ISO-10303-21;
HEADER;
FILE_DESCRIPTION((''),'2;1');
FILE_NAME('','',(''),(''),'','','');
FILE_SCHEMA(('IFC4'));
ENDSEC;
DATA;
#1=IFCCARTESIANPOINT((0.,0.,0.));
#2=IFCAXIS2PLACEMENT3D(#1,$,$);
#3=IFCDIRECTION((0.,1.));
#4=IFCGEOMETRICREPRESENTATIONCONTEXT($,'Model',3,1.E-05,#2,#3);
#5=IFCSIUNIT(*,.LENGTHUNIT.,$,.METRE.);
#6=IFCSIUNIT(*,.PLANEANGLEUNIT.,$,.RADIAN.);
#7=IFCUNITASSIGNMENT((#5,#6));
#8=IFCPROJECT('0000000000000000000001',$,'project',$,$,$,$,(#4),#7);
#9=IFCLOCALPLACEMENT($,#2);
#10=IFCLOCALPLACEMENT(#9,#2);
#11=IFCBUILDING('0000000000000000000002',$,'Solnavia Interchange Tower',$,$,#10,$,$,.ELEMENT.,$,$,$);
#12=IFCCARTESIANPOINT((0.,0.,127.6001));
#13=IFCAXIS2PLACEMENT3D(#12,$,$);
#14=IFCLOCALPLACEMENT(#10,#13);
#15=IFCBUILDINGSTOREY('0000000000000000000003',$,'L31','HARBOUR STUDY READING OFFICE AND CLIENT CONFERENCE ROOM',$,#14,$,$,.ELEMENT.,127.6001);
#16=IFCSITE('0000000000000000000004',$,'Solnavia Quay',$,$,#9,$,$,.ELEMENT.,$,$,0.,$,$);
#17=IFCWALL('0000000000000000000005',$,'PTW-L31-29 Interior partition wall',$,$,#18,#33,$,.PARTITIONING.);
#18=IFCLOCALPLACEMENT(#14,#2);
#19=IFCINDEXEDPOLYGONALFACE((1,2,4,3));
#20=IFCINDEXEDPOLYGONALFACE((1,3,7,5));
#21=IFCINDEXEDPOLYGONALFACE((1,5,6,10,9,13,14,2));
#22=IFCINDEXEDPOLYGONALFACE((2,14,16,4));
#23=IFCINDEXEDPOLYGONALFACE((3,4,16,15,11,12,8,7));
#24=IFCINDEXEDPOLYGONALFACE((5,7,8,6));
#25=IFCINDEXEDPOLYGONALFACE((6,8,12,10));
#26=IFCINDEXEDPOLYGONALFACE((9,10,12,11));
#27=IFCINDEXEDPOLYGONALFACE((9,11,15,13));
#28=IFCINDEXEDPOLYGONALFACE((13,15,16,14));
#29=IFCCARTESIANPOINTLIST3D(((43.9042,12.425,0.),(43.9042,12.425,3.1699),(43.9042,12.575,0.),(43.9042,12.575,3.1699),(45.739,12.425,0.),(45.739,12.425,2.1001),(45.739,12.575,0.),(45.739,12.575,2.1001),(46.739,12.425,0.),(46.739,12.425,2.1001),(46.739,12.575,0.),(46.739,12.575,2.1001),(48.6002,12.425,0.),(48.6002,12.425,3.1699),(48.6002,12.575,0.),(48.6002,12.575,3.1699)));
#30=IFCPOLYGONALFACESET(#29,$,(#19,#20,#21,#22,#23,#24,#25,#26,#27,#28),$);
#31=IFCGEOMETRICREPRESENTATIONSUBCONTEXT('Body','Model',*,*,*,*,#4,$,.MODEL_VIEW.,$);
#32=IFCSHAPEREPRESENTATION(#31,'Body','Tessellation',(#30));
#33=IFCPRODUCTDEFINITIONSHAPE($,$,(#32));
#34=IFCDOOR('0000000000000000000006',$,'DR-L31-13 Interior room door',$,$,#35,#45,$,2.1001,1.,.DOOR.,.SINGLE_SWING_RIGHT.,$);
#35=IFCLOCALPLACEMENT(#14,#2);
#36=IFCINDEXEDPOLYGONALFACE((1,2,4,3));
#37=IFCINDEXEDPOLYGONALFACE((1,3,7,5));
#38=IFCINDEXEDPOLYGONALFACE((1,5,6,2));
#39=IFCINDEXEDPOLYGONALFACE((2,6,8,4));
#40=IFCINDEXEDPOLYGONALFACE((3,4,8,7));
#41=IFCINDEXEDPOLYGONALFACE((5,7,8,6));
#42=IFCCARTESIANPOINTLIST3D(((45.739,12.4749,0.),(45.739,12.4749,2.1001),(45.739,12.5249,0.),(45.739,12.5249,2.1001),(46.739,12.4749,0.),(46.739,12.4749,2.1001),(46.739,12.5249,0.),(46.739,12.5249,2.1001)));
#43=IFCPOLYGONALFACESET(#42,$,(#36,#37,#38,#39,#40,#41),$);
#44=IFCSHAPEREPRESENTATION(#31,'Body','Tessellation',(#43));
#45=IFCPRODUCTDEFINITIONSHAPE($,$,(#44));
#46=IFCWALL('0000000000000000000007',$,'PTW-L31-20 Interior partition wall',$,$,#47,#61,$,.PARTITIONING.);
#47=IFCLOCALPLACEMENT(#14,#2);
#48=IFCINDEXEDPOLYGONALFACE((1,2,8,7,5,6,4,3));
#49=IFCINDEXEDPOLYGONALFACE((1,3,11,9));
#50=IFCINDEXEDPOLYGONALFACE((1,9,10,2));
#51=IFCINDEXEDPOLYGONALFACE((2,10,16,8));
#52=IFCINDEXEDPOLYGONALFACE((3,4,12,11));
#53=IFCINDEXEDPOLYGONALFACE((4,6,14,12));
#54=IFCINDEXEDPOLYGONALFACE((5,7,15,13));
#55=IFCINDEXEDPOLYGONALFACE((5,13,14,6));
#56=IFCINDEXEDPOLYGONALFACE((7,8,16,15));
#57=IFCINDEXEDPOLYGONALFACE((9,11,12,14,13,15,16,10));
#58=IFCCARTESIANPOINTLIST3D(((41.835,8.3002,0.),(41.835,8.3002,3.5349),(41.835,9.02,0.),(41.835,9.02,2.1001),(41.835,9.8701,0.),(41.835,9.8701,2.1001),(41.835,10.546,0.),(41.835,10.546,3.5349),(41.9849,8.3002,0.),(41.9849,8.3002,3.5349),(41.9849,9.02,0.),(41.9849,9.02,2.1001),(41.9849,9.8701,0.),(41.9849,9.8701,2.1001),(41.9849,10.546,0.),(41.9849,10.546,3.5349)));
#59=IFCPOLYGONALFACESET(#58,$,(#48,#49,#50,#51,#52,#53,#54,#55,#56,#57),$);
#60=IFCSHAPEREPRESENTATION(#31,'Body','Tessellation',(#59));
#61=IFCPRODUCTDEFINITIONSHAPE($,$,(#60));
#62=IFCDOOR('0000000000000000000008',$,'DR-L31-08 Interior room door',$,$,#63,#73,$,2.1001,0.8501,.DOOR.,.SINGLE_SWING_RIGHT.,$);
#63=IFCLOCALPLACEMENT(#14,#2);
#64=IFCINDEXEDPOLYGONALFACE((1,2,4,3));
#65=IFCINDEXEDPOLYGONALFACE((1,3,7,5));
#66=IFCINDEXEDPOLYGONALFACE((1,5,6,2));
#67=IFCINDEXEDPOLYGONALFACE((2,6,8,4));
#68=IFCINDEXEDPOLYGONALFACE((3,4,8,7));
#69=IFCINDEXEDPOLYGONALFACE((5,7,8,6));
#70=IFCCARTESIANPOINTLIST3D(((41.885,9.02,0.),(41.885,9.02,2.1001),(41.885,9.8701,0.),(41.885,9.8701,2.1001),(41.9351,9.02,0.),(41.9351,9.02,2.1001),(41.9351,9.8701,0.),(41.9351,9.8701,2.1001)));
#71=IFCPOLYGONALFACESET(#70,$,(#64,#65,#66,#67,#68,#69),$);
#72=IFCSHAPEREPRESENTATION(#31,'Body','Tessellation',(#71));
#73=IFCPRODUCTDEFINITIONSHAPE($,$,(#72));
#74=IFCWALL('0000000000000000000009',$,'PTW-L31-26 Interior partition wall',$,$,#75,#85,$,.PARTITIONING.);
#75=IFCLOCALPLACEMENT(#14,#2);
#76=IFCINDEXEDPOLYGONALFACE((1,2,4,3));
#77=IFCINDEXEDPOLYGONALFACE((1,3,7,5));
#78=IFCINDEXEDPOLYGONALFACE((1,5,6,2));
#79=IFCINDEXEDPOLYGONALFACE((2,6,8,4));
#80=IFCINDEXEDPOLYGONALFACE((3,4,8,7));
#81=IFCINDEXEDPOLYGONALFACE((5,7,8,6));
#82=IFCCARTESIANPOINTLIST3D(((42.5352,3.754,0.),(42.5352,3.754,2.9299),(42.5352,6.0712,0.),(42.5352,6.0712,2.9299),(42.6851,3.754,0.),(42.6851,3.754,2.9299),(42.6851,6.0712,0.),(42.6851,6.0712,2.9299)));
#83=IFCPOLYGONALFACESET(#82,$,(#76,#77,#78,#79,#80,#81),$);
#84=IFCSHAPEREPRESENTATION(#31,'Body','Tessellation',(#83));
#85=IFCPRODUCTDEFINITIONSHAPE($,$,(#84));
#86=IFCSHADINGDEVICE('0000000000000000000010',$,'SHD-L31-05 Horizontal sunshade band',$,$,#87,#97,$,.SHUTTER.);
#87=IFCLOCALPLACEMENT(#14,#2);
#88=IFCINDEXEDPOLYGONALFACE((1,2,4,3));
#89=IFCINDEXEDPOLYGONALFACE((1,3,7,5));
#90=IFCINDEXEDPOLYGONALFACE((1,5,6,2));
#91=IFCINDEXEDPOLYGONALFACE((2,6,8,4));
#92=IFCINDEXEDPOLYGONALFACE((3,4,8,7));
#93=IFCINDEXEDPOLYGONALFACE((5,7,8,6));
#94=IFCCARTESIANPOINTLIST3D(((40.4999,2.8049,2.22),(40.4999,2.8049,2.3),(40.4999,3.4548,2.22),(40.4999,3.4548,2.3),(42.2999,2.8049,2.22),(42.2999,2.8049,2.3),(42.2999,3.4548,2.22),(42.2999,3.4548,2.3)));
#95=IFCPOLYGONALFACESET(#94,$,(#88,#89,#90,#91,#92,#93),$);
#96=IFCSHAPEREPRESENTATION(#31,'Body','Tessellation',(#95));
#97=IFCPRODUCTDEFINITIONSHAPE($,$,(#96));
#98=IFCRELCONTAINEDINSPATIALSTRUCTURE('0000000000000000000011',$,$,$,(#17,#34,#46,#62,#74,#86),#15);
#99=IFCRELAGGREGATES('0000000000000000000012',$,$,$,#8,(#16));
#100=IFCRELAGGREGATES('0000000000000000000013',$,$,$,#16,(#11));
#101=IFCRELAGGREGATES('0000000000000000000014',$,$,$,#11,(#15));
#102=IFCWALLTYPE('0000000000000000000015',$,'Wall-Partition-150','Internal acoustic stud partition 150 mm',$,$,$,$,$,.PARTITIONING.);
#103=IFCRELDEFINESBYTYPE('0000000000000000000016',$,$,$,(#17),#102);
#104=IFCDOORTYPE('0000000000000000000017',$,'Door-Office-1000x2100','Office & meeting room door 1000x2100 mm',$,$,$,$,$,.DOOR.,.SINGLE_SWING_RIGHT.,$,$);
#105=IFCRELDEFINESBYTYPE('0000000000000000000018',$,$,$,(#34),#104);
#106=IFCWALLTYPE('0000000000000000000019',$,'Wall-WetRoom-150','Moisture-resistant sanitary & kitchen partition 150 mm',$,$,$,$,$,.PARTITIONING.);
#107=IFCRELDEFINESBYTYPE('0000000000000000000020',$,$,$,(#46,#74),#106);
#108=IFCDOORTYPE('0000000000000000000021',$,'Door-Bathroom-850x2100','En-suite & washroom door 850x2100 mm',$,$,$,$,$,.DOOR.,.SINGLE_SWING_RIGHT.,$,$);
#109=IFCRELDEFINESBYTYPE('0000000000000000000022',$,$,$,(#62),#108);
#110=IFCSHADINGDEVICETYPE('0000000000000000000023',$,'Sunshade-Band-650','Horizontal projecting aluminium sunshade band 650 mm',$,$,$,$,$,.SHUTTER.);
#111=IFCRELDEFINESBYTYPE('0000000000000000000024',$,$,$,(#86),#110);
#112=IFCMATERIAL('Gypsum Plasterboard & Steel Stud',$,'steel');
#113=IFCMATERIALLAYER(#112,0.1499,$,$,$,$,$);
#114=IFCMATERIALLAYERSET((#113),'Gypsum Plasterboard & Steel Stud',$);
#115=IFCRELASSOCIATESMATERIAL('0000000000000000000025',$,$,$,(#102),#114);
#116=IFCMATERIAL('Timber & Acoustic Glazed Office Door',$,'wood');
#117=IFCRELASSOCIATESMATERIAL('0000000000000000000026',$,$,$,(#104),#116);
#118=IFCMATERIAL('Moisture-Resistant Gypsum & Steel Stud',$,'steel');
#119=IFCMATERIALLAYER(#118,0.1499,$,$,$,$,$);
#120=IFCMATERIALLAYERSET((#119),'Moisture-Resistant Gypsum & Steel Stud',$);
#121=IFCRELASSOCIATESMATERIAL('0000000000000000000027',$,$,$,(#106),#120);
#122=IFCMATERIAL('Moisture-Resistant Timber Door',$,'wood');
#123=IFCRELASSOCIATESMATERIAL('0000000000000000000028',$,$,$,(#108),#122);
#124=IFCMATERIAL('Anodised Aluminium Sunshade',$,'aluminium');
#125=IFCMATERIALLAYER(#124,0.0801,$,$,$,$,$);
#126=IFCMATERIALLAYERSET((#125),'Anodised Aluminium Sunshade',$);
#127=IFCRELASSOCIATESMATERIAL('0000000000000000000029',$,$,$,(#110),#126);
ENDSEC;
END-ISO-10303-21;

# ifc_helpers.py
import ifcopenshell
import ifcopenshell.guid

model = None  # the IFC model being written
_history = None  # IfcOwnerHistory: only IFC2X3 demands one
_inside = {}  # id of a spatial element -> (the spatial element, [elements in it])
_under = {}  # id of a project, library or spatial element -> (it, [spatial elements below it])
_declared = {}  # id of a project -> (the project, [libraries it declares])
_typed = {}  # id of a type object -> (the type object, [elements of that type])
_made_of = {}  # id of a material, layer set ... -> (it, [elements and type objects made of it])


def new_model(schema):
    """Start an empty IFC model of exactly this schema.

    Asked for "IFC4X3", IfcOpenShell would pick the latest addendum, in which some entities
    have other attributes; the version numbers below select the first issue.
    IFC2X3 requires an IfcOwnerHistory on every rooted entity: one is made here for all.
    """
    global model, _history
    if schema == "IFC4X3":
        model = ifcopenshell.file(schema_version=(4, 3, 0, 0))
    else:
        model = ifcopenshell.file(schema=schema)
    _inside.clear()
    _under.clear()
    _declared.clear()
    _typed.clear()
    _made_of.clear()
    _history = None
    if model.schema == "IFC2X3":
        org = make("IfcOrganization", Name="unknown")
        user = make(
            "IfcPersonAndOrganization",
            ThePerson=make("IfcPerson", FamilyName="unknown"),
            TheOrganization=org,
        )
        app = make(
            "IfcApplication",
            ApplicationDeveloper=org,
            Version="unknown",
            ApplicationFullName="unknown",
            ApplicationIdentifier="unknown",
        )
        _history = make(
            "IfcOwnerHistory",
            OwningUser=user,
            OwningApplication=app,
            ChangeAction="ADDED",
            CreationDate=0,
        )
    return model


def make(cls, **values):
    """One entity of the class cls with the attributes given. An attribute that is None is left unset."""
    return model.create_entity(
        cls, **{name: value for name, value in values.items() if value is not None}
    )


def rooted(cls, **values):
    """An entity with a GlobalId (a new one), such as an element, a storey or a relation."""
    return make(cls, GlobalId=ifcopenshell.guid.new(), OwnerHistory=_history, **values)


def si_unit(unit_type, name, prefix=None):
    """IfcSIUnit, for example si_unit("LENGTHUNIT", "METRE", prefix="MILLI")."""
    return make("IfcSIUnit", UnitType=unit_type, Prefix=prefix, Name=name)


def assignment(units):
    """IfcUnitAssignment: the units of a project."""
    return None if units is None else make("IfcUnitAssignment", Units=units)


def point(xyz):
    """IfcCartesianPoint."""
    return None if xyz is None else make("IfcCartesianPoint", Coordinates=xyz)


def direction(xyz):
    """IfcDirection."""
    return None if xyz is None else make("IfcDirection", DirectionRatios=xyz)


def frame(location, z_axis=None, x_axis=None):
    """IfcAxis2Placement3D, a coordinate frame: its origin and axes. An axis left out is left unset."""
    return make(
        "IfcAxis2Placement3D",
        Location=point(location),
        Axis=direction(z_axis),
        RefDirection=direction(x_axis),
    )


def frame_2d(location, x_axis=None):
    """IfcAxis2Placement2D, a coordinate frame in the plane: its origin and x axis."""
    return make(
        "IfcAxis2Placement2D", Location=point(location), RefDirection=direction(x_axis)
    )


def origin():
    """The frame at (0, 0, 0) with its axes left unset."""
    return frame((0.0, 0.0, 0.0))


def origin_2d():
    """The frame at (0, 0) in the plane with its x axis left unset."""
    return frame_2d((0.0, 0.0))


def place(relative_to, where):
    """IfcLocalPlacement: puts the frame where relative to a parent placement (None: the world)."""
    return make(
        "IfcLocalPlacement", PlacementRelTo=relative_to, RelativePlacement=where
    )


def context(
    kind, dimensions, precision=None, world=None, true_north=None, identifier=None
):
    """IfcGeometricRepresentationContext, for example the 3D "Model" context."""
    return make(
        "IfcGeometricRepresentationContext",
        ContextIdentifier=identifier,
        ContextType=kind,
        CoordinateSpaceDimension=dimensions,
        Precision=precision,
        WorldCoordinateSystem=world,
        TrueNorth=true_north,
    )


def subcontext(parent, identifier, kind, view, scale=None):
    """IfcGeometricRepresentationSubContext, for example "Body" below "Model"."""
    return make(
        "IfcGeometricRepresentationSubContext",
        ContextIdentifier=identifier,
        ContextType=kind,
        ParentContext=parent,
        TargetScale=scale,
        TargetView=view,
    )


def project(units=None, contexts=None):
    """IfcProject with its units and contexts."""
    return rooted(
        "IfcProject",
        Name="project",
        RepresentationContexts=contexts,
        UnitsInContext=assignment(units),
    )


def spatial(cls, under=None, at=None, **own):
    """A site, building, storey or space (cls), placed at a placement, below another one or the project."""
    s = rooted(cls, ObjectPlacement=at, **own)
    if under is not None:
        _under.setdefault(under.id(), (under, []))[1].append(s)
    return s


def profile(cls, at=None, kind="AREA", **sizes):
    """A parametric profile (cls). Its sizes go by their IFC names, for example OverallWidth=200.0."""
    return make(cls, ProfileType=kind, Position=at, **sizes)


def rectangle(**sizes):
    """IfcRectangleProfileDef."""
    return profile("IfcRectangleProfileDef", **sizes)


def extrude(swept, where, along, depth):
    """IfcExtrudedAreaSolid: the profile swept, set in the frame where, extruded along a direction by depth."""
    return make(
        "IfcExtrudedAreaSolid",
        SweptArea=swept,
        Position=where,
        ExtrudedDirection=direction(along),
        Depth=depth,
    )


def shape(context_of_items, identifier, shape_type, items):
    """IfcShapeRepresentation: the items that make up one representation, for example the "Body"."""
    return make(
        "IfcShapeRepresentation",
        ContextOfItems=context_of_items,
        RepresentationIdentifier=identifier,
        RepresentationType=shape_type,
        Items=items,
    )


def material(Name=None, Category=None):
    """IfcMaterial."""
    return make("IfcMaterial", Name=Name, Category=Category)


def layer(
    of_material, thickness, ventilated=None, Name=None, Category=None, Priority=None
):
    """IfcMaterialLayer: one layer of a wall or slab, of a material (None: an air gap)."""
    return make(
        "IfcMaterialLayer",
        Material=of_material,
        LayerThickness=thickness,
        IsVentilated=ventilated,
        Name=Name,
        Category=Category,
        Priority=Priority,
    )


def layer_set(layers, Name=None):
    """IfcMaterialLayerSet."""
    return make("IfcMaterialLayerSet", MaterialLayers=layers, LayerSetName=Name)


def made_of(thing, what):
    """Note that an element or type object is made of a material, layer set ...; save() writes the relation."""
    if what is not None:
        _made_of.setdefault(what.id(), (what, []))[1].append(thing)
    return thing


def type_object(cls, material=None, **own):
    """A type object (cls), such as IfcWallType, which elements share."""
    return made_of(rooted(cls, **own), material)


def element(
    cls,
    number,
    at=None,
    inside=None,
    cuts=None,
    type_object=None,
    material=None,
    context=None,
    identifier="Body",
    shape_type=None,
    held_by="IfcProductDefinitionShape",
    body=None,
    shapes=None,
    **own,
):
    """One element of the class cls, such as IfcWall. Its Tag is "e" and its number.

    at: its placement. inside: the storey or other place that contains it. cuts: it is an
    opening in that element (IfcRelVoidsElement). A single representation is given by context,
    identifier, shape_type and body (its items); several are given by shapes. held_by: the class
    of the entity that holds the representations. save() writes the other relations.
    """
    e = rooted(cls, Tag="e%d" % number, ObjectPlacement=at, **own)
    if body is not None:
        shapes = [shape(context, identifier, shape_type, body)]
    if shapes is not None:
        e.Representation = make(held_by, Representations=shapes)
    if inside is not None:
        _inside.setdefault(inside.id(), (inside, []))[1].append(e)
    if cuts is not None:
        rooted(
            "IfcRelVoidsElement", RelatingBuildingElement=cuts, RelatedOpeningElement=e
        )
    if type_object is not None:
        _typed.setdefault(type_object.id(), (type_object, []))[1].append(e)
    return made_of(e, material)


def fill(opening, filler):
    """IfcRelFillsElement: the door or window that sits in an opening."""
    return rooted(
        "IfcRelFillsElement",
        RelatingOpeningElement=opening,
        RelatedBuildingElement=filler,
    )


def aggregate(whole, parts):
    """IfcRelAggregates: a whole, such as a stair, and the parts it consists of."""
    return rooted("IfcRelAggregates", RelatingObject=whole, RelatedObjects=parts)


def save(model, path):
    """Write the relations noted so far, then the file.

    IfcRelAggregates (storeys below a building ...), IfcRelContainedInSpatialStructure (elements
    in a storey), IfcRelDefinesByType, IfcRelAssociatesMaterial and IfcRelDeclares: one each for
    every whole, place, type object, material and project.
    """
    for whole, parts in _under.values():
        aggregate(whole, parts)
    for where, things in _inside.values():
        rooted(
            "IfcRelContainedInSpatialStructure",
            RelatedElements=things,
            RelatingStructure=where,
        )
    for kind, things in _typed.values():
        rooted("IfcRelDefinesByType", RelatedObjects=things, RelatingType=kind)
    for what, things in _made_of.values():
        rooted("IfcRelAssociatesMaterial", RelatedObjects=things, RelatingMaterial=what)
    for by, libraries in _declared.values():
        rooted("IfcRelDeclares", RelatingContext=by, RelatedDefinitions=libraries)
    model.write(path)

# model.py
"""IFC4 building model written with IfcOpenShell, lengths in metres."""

from ifc_helpers import new_model, si_unit, direction, frame, frame_2d, origin, origin_2d, place, context, subcontext, project, spatial, rectangle, extrude, material, layer, layer_set, type_object, element, fill, save


model = new_model("IFC4")

# Units and contexts
model_context = context("Model", 3, precision=1e-05, world=origin(), true_north=direction((0.0, 1.0)))
body_context = subcontext(model_context, "Body", "Model", "MODEL_VIEW")
ifc_project = project(units=[si_unit("LENGTHUNIT", "METRE"), si_unit("PLANEANGLEUNIT", "RADIAN")], contexts=[model_context])

# Site, building, storey
site_placement = place(None, origin())
site = spatial("IfcSite", under=ifc_project, at=site_placement, Name="Solnavia Quay", CompositionType="ELEMENT", RefElevation=0.0)
building_placement = place(site_placement, origin())
building = spatial("IfcBuilding", under=site, at=building_placement, Name="Solnavia Interchange Tower", CompositionType="ELEMENT")
storey_placement = place(building_placement, frame((0.0, 0.0, 127.6001)))
storey = spatial("IfcBuildingStorey", under=building, at=storey_placement, Name="L31", Description="HARBOUR STUDY READING OFFICE AND CLIENT CONFERENCE ROOM", CompositionType="ELEMENT", Elevation=127.6001)

# Walls, openings, doors
ifc_material_1 = material(Name="Gypsum Plasterboard & Steel Stud", Category="steel")
ifc_layer_1 = layer(ifc_material_1, 0.1499)
ifc_layer_set_1 = layer_set([ifc_layer_1], Name="Gypsum Plasterboard & Steel Stud")
wall_type_1 = type_object("IfcWallType", Name="Wall-Partition-150", Description="Internal acoustic stud partition 150 mm", PredefinedType="PARTITIONING", material=ifc_layer_set_1)
wall_1_placement = place(storey_placement, frame((43.9041, 12.5, 0.0), z_axis=(0.0, 0.0, 1.0), x_axis=(1.0, 0.0, 0.0)))
wall_1 = element("IfcWall", 1, at=wall_1_placement, inside=storey, type_object=wall_type_1, Name="PTW-L31-29 Interior partition wall", PredefinedType="PARTITIONING", context=body_context, shape_type="SweptSolid", body=[
    extrude(rectangle(XDim=4.696, YDim=0.1499, at=frame_2d((2.3481, 0.0))), origin(), (0.0, 0.0, 1.0), 3.1699),
])
opening_1_placement = place(wall_1_placement, frame((1.835, 0.0, 0.0)))
opening_1 = element("IfcOpeningElement", 2, at=opening_1_placement, cuts=wall_1, PredefinedType="OPENING", context=body_context, shape_type="SweptSolid", body=[
    extrude(rectangle(XDim=1.0, YDim=2.1001, at=frame_2d((0.5, 1.05))), frame((0.0, 0.085, 0.0), z_axis=(0.0, -1.0, 0.0), x_axis=(1.0, 0.0, 0.0)), (0.0, 0.0, 1.0), 0.1699),
])
ifc_material_2 = material(Name="Timber & Acoustic Glazed Office Door", Category="wood")
door_type_1 = type_object("IfcDoorType", Name="Door-Office-1000x2100", Description="Office & meeting room door 1000x2100 mm", OperationType="SINGLE_SWING_RIGHT", PredefinedType="DOOR", material=ifc_material_2)
door_1_placement = place(opening_1_placement, origin())
door_1 = element("IfcDoor", 3, at=door_1_placement, inside=storey, type_object=door_type_1, Name="DR-L31-13 Interior room door", OperationType="SINGLE_SWING_RIGHT", OverallHeight=2.1001, OverallWidth=1.0, PredefinedType="DOOR", context=body_context, shape_type="SweptSolid", body=[
    extrude(rectangle(XDim=1.0, YDim=2.1001, at=frame_2d((0.5, 1.05))), frame((0.0, 0.0249, 0.0), z_axis=(0.0, -1.0, 0.0), x_axis=(1.0, 0.0, 0.0)), (0.0, 0.0, 1.0), 0.05),
])
fill(opening_1, door_1)
ifc_material_3 = material(Name="Moisture-Resistant Gypsum & Steel Stud", Category="steel")
ifc_layer_2 = layer(ifc_material_3, 0.1499)
ifc_layer_set_2 = layer_set([ifc_layer_2], Name="Moisture-Resistant Gypsum & Steel Stud")
wall_type_2 = type_object("IfcWallType", Name="Wall-WetRoom-150", Description="Moisture-resistant sanitary & kitchen partition 150 mm", PredefinedType="PARTITIONING", material=ifc_layer_set_2)
wall_2_placement = place(storey_placement, frame((41.9099, 8.3, 0.0), z_axis=(0.0, 0.0, 1.0), x_axis=(0.0, 1.0, 0.0)))
wall_2 = element("IfcWall", 4, at=wall_2_placement, inside=storey, type_object=wall_type_2, Name="PTW-L31-20 Interior partition wall", PredefinedType="PARTITIONING", context=body_context, shape_type="SweptSolid", body=[
    extrude(rectangle(XDim=2.2458, YDim=0.1499, at=frame_2d((1.123, 0.0))), origin(), (0.0, 0.0, 1.0), 3.5349),
])
opening_2_placement = place(wall_2_placement, frame((0.72, 0.0, 0.0)))
opening_2 = element("IfcOpeningElement", 5, at=opening_2_placement, cuts=wall_2, PredefinedType="OPENING", context=body_context, shape_type="SweptSolid", body=[
    extrude(rectangle(XDim=0.8501, YDim=2.1001, at=frame_2d((0.425, 1.05))), frame((0.0, 0.085, 0.0), z_axis=(0.0, -1.0, 0.0), x_axis=(1.0, 0.0, 0.0)), (0.0, 0.0, 1.0), 0.1699),
])
ifc_material_4 = material(Name="Moisture-Resistant Timber Door", Category="wood")
door_type_2 = type_object("IfcDoorType", Name="Door-Bathroom-850x2100", Description="En-suite & washroom door 850x2100 mm", OperationType="SINGLE_SWING_RIGHT", PredefinedType="DOOR", material=ifc_material_4)
door_2_placement = place(opening_2_placement, origin())
door_2 = element("IfcDoor", 6, at=door_2_placement, inside=storey, type_object=door_type_2, Name="DR-L31-08 Interior room door", OperationType="SINGLE_SWING_RIGHT", OverallHeight=2.1001, OverallWidth=0.8501, PredefinedType="DOOR", context=body_context, shape_type="SweptSolid", body=[
    extrude(rectangle(XDim=0.8501, YDim=2.1001, at=frame_2d((0.425, 1.05))), frame((0.0, 0.0249, 0.0), z_axis=(0.0, -1.0, 0.0), x_axis=(1.0, 0.0, 0.0)), (0.0, 0.0, 1.0), 0.05),
])
fill(opening_2, door_2)

# Wall
wall_3_placement = place(storey_placement, frame((42.6101, 3.7539, 0.0), z_axis=(0.0, 0.0, 1.0), x_axis=(0.0, 1.0, 0.0)))
element("IfcWall", 7, at=wall_3_placement, inside=storey, type_object=wall_type_2, Name="PTW-L31-26 Interior partition wall", PredefinedType="PARTITIONING", context=body_context, shape_type="SweptSolid", body=[
    extrude(rectangle(XDim=2.3171, YDim=0.1499, at=frame_2d((1.1587, 0.0))), origin(), (0.0, 0.0, 1.0), 2.9299),
])

# Shading device
ifc_material_5 = material(Name="Anodised Aluminium Sunshade", Category="aluminium")
ifc_layer_3 = layer(ifc_material_5, 0.0801)
ifc_layer_set_3 = layer_set([ifc_layer_3], Name="Anodised Aluminium Sunshade")
shading_device_type = type_object("IfcShadingDeviceType", Name="Sunshade-Band-650", Description="Horizontal projecting aluminium sunshade band 650 mm", PredefinedType="SHUTTER", material=ifc_layer_set_3)
shading_device_placement = place(storey_placement, frame((41.3999, 3.1299, 2.22), z_axis=(0.0, 0.0, 1.0), x_axis=(-1.0, 0.0, 0.0)))
element("IfcShadingDevice", 8, at=shading_device_placement, inside=storey, type_object=shading_device_type, Name="SHD-L31-05 Horizontal sunshade band", PredefinedType="SHUTTER", context=body_context, shape_type="SweptSolid", body=[
    extrude(rectangle(XDim=1.8, YDim=0.6499, at=origin_2d()), origin(), (0.0, 0.0, 1.0), 0.0801),
])

save(model, "model.ifc")
